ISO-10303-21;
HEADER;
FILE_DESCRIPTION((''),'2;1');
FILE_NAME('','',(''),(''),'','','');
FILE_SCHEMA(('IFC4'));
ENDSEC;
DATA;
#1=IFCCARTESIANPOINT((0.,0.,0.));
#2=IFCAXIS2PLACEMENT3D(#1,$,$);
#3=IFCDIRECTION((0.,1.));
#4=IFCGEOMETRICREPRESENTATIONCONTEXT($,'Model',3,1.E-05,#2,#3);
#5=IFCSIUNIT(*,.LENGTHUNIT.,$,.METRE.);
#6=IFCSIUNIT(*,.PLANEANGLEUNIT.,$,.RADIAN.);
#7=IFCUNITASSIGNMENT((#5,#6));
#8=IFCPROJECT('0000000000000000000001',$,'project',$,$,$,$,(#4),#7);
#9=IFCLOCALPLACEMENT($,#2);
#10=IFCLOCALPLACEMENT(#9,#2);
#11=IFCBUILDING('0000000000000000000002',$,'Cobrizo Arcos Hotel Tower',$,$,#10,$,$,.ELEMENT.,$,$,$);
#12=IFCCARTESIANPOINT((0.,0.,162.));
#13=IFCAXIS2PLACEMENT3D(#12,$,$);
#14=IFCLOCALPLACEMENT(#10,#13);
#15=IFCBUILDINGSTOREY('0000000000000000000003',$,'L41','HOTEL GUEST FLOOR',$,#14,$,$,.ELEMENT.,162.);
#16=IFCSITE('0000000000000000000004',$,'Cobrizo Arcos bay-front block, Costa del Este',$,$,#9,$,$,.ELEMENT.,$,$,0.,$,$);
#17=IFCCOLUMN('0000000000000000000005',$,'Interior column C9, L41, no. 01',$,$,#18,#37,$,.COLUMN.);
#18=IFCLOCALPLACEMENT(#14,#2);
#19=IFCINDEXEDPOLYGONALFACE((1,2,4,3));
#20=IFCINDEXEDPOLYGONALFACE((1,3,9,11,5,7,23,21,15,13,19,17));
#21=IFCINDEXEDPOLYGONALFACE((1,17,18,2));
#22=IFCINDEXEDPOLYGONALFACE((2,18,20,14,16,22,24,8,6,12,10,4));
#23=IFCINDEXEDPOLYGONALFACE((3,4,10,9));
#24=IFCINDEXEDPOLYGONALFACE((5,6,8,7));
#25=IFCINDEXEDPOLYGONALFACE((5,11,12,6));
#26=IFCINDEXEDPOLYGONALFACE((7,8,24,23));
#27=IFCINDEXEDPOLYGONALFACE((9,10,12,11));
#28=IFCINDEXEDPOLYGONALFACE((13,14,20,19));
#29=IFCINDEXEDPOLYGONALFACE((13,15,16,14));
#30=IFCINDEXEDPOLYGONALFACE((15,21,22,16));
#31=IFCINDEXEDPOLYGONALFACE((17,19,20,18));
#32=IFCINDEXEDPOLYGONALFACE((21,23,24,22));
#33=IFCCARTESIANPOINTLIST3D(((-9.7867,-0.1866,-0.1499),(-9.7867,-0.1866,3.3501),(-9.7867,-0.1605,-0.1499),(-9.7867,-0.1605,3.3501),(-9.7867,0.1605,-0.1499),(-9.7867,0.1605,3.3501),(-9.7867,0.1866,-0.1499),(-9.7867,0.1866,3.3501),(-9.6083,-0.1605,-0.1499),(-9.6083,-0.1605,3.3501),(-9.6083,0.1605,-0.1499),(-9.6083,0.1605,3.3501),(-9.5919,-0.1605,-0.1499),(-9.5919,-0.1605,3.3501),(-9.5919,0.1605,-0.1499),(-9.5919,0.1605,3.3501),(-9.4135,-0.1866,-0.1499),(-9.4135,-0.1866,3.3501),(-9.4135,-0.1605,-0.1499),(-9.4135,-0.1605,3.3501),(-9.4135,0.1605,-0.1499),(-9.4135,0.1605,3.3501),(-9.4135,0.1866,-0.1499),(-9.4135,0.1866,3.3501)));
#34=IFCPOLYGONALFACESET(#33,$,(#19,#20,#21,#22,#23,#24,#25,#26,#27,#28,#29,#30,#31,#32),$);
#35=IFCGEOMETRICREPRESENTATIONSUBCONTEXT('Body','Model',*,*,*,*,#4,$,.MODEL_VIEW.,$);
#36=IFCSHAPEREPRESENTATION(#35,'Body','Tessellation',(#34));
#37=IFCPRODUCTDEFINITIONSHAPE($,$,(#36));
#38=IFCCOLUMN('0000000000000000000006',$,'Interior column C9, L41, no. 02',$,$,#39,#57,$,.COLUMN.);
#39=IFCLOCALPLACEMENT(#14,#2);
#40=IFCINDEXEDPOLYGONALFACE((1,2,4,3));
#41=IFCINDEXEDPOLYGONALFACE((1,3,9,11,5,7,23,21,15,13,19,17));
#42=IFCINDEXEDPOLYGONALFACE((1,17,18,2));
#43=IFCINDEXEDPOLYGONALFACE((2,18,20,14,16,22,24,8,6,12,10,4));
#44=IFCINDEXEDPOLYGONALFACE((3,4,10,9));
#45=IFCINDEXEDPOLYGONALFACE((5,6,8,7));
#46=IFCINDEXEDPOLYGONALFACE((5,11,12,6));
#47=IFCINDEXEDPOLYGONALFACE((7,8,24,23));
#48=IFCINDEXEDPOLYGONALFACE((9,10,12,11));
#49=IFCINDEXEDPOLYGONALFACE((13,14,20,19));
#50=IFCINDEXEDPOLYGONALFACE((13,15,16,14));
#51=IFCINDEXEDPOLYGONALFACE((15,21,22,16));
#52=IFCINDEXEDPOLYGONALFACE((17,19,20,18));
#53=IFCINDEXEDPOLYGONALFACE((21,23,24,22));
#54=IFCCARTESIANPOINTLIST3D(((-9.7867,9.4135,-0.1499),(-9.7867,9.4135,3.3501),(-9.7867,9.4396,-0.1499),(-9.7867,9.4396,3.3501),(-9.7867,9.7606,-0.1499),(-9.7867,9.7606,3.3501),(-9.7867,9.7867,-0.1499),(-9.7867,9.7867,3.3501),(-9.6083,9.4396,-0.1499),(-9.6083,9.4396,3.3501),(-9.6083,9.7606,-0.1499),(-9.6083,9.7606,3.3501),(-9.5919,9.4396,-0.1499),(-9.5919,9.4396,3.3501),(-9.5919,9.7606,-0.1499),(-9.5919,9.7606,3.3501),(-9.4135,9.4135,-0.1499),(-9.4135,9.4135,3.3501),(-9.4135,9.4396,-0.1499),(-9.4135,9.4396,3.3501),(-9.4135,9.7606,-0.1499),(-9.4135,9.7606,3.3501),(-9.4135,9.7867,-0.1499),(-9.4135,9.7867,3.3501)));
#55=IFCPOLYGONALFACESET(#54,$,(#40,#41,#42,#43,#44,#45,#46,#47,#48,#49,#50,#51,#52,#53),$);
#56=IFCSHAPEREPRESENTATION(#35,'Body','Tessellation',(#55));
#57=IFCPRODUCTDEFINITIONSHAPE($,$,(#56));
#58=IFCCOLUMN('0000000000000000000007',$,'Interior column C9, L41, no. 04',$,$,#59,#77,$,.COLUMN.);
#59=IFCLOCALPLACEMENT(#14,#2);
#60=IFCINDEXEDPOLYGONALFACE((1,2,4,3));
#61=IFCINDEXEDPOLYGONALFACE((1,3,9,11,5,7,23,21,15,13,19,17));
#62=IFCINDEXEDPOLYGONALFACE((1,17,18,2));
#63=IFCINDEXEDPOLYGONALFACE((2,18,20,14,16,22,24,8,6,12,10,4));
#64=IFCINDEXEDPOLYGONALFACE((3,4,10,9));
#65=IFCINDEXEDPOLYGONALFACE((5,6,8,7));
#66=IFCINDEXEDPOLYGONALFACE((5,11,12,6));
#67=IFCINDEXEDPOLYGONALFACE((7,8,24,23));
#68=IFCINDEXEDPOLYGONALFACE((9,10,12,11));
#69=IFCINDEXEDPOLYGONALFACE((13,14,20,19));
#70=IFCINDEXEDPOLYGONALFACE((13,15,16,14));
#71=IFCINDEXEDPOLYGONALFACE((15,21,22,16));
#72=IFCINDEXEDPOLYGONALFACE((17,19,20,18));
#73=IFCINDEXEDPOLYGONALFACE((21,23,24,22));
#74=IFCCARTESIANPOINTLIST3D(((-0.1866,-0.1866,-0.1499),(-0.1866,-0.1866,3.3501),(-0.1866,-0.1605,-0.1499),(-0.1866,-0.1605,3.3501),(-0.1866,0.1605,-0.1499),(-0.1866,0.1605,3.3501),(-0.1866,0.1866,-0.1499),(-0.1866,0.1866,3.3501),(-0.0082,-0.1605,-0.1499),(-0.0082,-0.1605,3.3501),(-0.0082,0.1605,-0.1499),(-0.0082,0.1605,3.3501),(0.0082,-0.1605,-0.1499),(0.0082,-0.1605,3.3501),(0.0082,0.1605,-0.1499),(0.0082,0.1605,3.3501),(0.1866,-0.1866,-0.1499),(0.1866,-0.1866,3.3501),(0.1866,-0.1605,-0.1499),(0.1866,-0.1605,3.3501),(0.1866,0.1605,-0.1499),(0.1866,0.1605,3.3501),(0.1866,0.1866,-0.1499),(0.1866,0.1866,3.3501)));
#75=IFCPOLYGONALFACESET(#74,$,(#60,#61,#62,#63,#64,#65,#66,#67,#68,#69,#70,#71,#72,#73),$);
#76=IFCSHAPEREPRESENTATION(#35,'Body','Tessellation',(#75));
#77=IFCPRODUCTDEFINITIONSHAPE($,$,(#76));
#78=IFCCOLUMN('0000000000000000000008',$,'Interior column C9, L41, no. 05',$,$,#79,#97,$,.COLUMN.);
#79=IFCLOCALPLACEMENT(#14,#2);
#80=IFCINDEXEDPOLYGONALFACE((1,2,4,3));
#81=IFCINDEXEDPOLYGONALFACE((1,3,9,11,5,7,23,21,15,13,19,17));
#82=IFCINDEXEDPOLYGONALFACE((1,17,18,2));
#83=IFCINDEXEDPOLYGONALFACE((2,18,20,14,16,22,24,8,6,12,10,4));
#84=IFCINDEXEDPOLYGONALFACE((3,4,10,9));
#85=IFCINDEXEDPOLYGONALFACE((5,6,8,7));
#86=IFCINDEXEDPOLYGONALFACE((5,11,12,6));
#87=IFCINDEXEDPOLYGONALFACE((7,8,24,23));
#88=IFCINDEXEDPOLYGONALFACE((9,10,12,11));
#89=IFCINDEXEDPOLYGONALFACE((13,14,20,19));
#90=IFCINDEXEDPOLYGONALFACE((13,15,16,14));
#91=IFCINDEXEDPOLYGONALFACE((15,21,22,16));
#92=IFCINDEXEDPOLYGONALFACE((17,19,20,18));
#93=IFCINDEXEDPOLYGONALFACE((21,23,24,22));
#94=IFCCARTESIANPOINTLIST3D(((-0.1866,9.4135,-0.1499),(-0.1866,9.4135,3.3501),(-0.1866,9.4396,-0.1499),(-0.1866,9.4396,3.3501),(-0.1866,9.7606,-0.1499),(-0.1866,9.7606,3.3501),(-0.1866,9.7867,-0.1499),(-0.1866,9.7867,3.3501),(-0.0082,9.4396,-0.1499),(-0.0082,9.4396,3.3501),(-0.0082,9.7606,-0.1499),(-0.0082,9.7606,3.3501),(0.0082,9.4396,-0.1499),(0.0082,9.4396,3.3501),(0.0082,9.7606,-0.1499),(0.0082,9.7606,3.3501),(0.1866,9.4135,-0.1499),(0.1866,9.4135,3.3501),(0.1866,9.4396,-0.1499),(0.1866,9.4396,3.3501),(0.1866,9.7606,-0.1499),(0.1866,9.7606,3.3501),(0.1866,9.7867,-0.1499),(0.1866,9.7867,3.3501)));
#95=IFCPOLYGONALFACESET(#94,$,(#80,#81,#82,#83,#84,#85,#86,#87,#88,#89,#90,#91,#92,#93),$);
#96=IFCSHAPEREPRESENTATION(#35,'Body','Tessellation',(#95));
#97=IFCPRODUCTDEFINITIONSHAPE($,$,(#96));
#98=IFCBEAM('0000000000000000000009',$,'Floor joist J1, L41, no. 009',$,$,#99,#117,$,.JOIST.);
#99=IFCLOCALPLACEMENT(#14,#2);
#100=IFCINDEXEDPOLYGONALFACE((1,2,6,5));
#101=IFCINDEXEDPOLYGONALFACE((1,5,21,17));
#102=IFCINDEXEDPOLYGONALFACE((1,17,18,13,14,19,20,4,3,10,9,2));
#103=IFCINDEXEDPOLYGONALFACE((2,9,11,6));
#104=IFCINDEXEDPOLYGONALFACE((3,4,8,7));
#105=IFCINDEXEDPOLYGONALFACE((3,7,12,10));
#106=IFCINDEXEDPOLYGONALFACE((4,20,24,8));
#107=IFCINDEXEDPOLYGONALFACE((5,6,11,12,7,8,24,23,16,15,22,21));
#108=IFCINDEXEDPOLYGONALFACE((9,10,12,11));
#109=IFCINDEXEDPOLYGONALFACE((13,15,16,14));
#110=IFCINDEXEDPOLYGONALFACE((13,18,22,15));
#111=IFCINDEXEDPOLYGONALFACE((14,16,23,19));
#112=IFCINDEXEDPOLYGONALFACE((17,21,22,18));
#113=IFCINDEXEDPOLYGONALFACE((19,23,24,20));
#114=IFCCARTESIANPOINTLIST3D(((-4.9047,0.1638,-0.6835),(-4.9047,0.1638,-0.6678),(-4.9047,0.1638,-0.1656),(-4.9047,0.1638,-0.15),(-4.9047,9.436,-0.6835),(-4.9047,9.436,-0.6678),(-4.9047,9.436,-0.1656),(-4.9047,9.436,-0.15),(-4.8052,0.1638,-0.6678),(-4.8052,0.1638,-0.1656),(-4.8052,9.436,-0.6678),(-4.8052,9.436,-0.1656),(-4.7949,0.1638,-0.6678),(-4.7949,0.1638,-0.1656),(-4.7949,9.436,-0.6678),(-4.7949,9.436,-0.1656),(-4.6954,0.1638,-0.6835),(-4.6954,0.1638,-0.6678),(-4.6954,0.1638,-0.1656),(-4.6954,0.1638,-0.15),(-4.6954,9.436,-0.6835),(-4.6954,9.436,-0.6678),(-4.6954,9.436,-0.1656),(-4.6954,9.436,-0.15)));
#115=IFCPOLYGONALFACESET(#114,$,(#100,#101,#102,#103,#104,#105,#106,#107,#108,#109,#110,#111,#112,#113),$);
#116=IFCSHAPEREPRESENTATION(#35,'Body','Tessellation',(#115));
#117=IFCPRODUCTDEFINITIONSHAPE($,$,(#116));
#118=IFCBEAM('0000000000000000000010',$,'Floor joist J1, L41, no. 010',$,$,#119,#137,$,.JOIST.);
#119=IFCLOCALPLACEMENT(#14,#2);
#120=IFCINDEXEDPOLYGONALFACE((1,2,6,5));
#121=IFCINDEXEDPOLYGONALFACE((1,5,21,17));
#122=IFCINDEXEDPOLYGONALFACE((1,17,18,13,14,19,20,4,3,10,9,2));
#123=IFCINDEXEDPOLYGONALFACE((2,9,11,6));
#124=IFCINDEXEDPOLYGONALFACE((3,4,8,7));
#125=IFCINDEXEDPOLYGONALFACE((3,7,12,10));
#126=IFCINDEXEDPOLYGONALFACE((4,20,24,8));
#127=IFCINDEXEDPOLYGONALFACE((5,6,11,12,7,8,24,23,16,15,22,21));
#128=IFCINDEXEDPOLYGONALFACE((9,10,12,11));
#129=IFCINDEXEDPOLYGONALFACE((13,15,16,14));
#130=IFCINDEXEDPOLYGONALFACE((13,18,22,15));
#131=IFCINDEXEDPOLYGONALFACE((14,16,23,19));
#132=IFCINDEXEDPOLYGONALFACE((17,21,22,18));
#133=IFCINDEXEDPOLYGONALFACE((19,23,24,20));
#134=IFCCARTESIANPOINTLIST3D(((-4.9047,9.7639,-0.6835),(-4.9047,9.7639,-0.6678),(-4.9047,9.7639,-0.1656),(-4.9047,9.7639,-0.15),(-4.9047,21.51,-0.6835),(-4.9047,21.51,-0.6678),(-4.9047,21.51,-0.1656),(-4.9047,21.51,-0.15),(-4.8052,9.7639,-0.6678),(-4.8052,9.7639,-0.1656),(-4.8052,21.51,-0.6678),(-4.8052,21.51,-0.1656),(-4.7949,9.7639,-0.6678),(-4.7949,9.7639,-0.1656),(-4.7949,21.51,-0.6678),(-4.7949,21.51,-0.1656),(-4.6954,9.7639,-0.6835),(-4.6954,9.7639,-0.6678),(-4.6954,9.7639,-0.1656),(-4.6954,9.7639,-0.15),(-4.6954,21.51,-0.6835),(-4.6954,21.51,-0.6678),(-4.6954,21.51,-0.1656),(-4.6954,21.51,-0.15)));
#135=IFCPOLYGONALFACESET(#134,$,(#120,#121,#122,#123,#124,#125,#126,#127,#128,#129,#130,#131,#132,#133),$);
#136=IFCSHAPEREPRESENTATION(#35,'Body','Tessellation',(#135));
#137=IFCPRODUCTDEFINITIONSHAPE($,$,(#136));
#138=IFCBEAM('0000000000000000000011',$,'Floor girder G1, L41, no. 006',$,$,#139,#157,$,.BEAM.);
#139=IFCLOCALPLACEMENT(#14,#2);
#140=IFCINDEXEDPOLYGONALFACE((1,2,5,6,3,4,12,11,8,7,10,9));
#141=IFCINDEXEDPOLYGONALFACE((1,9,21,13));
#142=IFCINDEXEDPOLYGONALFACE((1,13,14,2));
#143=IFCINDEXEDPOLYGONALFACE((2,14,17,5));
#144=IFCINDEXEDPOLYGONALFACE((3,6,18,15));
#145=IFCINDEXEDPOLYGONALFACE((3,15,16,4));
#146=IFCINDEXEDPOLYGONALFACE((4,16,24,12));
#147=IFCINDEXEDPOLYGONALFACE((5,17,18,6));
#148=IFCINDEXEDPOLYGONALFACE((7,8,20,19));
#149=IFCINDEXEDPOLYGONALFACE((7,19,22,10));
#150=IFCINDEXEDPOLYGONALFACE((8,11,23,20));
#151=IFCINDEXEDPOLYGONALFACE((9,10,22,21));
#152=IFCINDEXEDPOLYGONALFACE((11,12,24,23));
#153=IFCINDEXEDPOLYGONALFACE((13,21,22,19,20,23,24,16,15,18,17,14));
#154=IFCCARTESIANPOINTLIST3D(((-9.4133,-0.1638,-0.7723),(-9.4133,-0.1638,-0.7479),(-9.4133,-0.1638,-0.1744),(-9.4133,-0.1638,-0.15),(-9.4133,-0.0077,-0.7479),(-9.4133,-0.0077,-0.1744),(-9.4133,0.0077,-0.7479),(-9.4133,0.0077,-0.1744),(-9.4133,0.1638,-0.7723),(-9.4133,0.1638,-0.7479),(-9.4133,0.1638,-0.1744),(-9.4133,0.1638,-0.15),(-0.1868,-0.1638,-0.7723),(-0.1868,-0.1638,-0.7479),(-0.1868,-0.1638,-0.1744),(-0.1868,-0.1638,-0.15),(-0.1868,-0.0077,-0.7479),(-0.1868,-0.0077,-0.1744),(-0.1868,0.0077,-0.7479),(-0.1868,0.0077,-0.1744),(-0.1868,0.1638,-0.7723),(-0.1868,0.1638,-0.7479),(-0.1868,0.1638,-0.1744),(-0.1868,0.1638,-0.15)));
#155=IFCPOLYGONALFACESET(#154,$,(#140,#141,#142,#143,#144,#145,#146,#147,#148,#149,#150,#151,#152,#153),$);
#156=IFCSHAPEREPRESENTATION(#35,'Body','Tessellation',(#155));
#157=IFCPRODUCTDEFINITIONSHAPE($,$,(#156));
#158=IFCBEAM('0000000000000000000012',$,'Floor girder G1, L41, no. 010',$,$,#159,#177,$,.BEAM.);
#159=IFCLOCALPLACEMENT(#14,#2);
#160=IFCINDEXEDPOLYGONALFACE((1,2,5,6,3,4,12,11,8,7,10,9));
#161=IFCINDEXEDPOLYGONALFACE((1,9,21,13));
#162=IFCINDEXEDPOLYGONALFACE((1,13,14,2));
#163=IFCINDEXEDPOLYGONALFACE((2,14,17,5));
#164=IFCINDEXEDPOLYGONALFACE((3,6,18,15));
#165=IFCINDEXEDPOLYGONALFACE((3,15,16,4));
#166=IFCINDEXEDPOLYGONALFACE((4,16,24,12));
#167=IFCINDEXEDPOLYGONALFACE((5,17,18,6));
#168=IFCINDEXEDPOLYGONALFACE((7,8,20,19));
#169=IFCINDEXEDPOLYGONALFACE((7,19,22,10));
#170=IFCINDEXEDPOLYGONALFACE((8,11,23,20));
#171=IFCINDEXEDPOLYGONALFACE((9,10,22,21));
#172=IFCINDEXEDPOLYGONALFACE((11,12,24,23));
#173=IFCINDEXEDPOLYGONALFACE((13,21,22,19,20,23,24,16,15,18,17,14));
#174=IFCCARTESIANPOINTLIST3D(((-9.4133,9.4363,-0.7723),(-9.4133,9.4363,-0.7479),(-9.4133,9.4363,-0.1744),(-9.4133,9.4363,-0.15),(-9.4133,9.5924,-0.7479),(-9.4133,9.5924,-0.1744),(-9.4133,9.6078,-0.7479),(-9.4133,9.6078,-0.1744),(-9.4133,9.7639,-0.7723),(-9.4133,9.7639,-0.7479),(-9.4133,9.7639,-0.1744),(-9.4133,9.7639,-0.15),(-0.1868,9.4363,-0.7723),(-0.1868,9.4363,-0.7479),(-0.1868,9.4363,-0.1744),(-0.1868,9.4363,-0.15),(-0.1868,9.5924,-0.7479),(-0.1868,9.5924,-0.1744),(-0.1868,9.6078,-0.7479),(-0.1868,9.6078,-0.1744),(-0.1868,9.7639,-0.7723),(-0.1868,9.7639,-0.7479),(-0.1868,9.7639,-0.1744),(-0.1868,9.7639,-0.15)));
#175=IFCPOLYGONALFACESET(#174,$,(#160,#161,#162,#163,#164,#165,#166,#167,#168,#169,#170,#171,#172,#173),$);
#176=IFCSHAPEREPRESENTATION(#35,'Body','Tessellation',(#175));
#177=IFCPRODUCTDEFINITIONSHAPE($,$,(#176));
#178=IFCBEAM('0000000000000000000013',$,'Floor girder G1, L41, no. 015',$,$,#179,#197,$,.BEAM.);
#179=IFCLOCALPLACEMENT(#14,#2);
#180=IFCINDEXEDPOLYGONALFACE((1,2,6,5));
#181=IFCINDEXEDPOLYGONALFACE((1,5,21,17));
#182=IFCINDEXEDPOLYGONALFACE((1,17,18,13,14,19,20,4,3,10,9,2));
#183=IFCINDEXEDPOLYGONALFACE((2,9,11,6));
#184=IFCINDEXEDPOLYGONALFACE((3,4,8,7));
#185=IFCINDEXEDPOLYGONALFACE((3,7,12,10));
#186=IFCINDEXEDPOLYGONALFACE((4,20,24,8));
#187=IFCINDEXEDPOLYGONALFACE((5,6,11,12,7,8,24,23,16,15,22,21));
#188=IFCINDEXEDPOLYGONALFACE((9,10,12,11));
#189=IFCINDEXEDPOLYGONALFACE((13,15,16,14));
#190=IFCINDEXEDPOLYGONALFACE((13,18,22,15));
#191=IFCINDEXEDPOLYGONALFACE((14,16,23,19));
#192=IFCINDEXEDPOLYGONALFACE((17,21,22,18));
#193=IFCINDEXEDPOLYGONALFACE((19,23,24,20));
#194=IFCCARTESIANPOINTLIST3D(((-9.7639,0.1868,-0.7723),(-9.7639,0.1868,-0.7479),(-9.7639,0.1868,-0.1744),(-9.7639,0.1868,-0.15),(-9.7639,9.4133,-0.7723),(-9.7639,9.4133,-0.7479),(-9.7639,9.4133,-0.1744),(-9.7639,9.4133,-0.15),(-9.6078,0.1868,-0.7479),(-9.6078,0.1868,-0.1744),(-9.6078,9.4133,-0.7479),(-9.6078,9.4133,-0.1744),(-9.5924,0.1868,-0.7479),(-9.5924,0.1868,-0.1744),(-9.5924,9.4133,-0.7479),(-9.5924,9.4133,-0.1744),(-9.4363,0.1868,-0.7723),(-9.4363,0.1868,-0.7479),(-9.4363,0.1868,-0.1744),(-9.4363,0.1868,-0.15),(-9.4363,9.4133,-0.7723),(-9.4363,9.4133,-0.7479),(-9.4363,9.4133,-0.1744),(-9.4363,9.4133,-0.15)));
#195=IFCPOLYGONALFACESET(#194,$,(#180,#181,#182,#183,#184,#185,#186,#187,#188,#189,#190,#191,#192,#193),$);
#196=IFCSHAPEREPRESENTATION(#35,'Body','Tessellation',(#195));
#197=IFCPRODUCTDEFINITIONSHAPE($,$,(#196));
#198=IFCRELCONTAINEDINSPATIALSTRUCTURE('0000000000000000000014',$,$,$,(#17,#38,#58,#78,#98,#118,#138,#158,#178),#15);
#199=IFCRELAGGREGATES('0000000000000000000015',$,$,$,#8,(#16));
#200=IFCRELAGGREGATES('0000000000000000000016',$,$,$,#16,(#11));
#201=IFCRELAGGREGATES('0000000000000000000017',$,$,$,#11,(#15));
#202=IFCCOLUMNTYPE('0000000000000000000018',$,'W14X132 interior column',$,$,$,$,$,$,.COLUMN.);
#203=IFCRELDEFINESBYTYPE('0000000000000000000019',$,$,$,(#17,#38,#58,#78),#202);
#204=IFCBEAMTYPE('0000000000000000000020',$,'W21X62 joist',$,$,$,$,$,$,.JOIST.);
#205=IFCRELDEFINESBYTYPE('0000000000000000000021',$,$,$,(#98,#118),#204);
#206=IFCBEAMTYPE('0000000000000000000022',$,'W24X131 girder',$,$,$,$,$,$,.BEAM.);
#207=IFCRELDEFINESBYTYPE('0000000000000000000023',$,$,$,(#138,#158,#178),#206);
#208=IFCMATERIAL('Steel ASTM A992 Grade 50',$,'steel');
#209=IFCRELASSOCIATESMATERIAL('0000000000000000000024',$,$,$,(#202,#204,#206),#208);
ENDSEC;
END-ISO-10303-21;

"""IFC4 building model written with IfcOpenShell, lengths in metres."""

from ifc_helpers import new_model, si_unit, direction, frame, origin, origin_2d, place, context, subcontext, project, spatial, i_section, extrude, material, material_profile, profile_set, type_object, element, save


model = new_model("IFC4")

# Units and contexts
model_context = context("Model", 3, precision=1e-05, world=origin(), true_north=direction((0.0, 1.0)))
body_context = subcontext(model_context, "Body", "Model", "MODEL_VIEW")
ifc_project = project(units=[si_unit("LENGTHUNIT", "METRE"), si_unit("PLANEANGLEUNIT", "RADIAN")], contexts=[model_context])

# Site, building, storey
site_placement = place(None, origin())
site = spatial("IfcSite", under=ifc_project, at=site_placement, Name="Cobrizo Arcos bay-front block, Costa del Este", CompositionType="ELEMENT", RefElevation=0.0)
building_placement = place(site_placement, origin())
building = spatial("IfcBuilding", under=site, at=building_placement, Name="Cobrizo Arcos Hotel Tower", CompositionType="ELEMENT")
storey_placement = place(building_placement, frame((0.0, 0.0, 162.0)))
storey = spatial("IfcBuildingStorey", under=building, at=storey_placement, Name="L41", Description="HOTEL GUEST FLOOR", CompositionType="ELEMENT", Elevation=162.0)

# Columns
ifc_material_1 = material(Name="Steel ASTM A992 Grade 50", Category="steel")
ifc_material_profile_1 = material_profile(ifc_material_1, i_section(OverallWidth=0.3733, OverallDepth=0.3733, WebThickness=0.0164, FlangeThickness=0.0261, at=origin_2d()), Name="W14X132")
ifc_profile_set_1 = profile_set([ifc_material_profile_1], Name="Steel ASTM A992 Grade 50")
column_type = type_object("IfcColumnType", Name="W14X132 interior column", PredefinedType="COLUMN", material=ifc_profile_set_1)
for number, where, z_axis, x_axis, name in (
    (1, (-9.6001, 0.0, -0.1499), (0.0, 0.0, 1.0), (1.0, 0.0, 0.0), "Interior column C9, L41, no. 01"),
    (2, (-9.6001, 9.6001, -0.1499), (0.0, 0.0, 1.0), (1.0, 0.0, 0.0), "Interior column C9, L41, no. 02"),
    (3, (0.0, 0.0, -0.1499), (0.0, 0.0, 1.0), (1.0, 0.0, 0.0), "Interior column C9, L41, no. 04"),
    (4, (0.0, 9.6001, -0.1499), (0.0, 0.0, 1.0), (1.0, 0.0, 0.0), "Interior column C9, L41, no. 05"),
):
    element("IfcColumn", number, at=place(storey_placement, frame(where, z_axis=z_axis, x_axis=x_axis)), inside=storey, type_object=column_type, Name=name, PredefinedType="COLUMN", context=body_context, shape_type="SweptSolid", body=[
        extrude(i_section(OverallWidth=0.3733, OverallDepth=0.3733, WebThickness=0.0164, FlangeThickness=0.0261, at=origin_2d()), origin(), (0.0, 0.0, 1.0), 3.5),
    ])

# Beams
ifc_material_profile_2 = material_profile(ifc_material_1, i_section(OverallWidth=0.2092, OverallDepth=0.5334, WebThickness=0.0103, FlangeThickness=0.0156, at=origin_2d()), Name="W21X62")
ifc_profile_set_2 = profile_set([ifc_material_profile_2], Name="Steel ASTM A992 Grade 50")
beam_type_1 = type_object("IfcBeamType", Name="W21X62 joist", PredefinedType="JOIST", material=ifc_profile_set_2)
beam_1_placement = place(storey_placement, frame((-4.8, 0.1638, -0.4167), z_axis=(0.0, 1.0, 0.0), x_axis=(-1.0, 0.0, 0.0)))
element("IfcBeam", 5, at=beam_1_placement, inside=storey, type_object=beam_type_1, Name="Floor joist J1, L41, no. 009", PredefinedType="JOIST", context=body_context, shape_type="SweptSolid", body=[
    extrude(i_section(OverallWidth=0.2092, OverallDepth=0.5334, WebThickness=0.0103, FlangeThickness=0.0156, at=origin_2d()), origin(), (0.0, 0.0, 1.0), 9.2722),
])
beam_2_placement = place(storey_placement, frame((-4.8, 9.7639, -0.4167), z_axis=(0.0, 1.0, 0.0), x_axis=(-1.0, 0.0, 0.0)))
element("IfcBeam", 6, at=beam_2_placement, inside=storey, type_object=beam_type_1, Name="Floor joist J1, L41, no. 010", PredefinedType="JOIST", context=body_context, shape_type="SweptSolid", body=[
    extrude(i_section(OverallWidth=0.2092, OverallDepth=0.5334, WebThickness=0.0103, FlangeThickness=0.0156, at=origin_2d()), origin(), (0.0, 0.0, 1.0), 11.7461),
])
ifc_material_profile_3 = material_profile(ifc_material_1, i_section(OverallWidth=0.3276, OverallDepth=0.6223, WebThickness=0.0154, FlangeThickness=0.0244, at=origin_2d()), Name="W24X131")
ifc_profile_set_3 = profile_set([ifc_material_profile_3], Name="Steel ASTM A992 Grade 50")
beam_type_2 = type_object("IfcBeamType", Name="W24X131 girder", PredefinedType="BEAM", material=ifc_profile_set_3)
for number, where, z_axis, x_axis, name in (
    (7, (-9.4133, 0.0, -0.4612), (1.0, 0.0, 0.0), (0.0, 1.0, 0.0), "Floor girder G1, L41, no. 006"),
    (8, (-9.4133, 9.6001, -0.4612), (1.0, 0.0, 0.0), (0.0, 1.0, 0.0), "Floor girder G1, L41, no. 010"),
    (9, (-9.6001, 0.1868, -0.4612), (0.0, 1.0, 0.0), (-1.0, 0.0, 0.0), "Floor girder G1, L41, no. 015"),
):
    element("IfcBeam", number, at=place(storey_placement, frame(where, z_axis=z_axis, x_axis=x_axis)), inside=storey, type_object=beam_type_2, Name=name, PredefinedType="BEAM", context=body_context, shape_type="SweptSolid", body=[
        extrude(i_section(OverallWidth=0.3276, OverallDepth=0.6223, WebThickness=0.0154, FlangeThickness=0.0244, at=origin_2d()), origin(), (0.0, 0.0, 1.0), 9.2266),
    ])

save(model, "model.ifc")
